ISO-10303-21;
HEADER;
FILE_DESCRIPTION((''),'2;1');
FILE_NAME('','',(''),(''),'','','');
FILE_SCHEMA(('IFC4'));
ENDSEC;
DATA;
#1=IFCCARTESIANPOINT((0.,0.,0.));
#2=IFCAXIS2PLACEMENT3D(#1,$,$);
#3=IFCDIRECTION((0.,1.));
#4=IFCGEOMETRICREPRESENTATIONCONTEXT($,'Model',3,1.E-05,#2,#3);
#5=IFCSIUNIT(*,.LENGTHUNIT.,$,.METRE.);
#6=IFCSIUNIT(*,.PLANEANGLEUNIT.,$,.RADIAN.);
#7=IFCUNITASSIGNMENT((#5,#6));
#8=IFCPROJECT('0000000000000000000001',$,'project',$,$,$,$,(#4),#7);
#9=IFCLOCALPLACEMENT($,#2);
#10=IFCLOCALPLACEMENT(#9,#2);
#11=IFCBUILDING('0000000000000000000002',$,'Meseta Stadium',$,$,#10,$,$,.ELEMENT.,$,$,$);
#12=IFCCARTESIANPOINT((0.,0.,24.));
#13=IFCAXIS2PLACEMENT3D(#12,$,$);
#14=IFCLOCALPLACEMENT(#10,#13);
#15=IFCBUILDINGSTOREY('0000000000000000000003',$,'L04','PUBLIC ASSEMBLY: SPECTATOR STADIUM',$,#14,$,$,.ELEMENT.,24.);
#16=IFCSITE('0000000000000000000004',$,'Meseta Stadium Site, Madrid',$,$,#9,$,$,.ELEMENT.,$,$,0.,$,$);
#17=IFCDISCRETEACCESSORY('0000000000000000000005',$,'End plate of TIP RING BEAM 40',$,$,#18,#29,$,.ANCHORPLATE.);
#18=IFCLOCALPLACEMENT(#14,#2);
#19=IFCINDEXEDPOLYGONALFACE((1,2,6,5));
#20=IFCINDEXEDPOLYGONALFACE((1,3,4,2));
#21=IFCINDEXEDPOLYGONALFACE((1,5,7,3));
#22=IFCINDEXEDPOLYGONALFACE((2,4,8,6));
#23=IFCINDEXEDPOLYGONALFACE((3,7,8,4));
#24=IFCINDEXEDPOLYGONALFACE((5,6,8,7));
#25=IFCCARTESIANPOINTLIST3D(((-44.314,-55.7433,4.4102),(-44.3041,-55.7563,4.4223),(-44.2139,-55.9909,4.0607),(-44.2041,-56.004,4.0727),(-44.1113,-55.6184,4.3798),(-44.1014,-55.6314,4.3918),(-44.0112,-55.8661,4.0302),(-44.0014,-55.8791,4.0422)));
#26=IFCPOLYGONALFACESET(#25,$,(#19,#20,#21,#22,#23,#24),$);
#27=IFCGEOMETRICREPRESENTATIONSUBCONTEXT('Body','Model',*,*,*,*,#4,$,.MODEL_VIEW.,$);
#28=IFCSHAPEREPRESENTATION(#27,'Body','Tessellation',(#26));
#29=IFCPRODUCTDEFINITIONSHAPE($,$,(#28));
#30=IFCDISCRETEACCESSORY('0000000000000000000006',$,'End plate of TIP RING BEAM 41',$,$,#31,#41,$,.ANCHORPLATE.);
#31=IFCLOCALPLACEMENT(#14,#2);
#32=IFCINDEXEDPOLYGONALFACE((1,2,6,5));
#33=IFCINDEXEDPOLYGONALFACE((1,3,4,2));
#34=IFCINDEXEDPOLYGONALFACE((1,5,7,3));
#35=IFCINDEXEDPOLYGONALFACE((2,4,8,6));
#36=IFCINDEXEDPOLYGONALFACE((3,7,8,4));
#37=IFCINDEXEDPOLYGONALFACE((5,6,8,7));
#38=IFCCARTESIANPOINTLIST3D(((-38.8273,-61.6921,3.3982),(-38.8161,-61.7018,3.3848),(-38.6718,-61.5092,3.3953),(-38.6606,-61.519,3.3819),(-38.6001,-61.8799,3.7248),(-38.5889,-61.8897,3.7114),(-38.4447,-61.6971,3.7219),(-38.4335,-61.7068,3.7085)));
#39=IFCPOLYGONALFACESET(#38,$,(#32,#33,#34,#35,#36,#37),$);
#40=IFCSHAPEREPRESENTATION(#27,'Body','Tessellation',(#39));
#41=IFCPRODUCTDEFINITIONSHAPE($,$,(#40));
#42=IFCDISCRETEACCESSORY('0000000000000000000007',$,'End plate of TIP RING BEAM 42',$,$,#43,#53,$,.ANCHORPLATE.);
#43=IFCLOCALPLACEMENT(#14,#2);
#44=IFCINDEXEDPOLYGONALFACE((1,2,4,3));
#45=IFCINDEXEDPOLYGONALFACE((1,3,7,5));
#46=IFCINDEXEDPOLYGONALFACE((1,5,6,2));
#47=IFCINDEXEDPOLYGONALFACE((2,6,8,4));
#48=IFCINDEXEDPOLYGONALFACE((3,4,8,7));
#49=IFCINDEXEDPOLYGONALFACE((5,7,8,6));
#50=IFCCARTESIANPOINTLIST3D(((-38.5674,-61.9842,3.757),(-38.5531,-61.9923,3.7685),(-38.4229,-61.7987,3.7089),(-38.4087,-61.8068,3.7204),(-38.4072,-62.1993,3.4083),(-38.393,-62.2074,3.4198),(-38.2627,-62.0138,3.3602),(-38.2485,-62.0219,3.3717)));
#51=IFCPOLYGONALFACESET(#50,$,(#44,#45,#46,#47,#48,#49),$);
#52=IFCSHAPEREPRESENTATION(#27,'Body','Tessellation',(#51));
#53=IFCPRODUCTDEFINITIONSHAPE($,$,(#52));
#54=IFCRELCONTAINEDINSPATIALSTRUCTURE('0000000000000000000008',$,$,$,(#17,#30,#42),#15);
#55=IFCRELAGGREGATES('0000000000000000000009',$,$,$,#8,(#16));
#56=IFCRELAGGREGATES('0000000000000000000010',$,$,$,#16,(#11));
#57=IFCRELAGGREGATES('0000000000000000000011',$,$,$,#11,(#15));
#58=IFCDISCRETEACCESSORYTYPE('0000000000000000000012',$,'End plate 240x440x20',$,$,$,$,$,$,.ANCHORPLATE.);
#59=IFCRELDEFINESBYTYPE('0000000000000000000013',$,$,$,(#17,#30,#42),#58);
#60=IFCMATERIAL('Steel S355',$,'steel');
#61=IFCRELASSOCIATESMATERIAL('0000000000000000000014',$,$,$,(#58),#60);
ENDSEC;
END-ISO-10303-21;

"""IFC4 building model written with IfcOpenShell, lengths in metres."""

from ifc_helpers import new_model, si_unit, direction, frame, origin, origin_2d, place, context, subcontext, project, spatial, rectangle, extrude, material, material_profile, profile_set, type_object, element, save


model = new_model("IFC4")

# Units and contexts
model_context = context("Model", 3, precision=1e-05, world=origin(), true_north=direction((0.0, 1.0)))
body_context = subcontext(model_context, "Body", "Model", "MODEL_VIEW")
ifc_project = project(units=[si_unit("LENGTHUNIT", "METRE"), si_unit("PLANEANGLEUNIT", "RADIAN")], contexts=[model_context])

# Site, building, storey
site_placement = place(None, origin())
site = spatial("IfcSite", under=ifc_project, at=site_placement, Name="Meseta Stadium Site, Madrid", CompositionType="ELEMENT", RefElevation=0.0)
building_placement = place(site_placement, origin())
building = spatial("IfcBuilding", under=site, at=building_placement, Name="Meseta Stadium", CompositionType="ELEMENT")
storey_placement = place(building_placement, frame((0.0, 0.0, 24.0)))
storey = spatial("IfcBuildingStorey", under=building, at=storey_placement, Name="L04", Description="PUBLIC ASSEMBLY: SPECTATOR STADIUM", CompositionType="ELEMENT", Elevation=24.0)

# Discrete accessories
ifc_material_1 = material(Name="Steel S355", Category="steel")
ifc_material_profile_1 = material_profile(ifc_material_1, rectangle(XDim=0.24, YDim=0.4399, at=origin_2d()), Name="PL 240x440")
ifc_profile_set_1 = profile_set([ifc_material_profile_1], Name="Steel S355")
discrete_accessory_type_1 = type_object("IfcDiscreteAccessoryType", Name="End plate 240x440x20", PredefinedType="ANCHORPLATE", material=ifc_profile_set_1)
discrete_accessory_1_placement = place(storey_placement, frame((-44.1626, -55.8047, 4.2202), z_axis=(0.484715, -0.642247, 0.593776), x_axis=(0.844614, 0.520119, -0.126903)))
element("IfcDiscreteAccessory", 1, at=discrete_accessory_1_placement, inside=storey, type_object=discrete_accessory_type_1, Name="End plate of TIP RING BEAM 40", PredefinedType="ANCHORPLATE", context=body_context, shape_type="SweptSolid", body=[
    extrude(rectangle(XDim=0.24, YDim=0.4399, at=origin_2d()), origin(), (0.0, 0.0, 1.0), 0.0203),
])
for number, where, z_axis, x_axis, name in (
    (2, (-38.636, -61.6946, 3.5601), (0.560268, -0.487189, -0.669885), (0.647685, 0.761808, -0.012342), "End plate of TIP RING BEAM 41"),
    (3, (-38.415, -61.999, 3.5586), (0.710601, -0.404307, 0.575832), (0.602069, 0.772914, -0.200294), "End plate of TIP RING BEAM 42"),
):
    element("IfcDiscreteAccessory", number, at=place(storey_placement, frame(where, z_axis=z_axis, x_axis=x_axis)), inside=storey, type_object=discrete_accessory_type_1, Name=name, PredefinedType="ANCHORPLATE", context=body_context, shape_type="SweptSolid", body=[
        extrude(rectangle(XDim=0.24, YDim=0.4399, at=origin_2d()), origin(), (0.0, 0.0, 1.0), 0.02),
    ])

save(model, "model.ifc")
